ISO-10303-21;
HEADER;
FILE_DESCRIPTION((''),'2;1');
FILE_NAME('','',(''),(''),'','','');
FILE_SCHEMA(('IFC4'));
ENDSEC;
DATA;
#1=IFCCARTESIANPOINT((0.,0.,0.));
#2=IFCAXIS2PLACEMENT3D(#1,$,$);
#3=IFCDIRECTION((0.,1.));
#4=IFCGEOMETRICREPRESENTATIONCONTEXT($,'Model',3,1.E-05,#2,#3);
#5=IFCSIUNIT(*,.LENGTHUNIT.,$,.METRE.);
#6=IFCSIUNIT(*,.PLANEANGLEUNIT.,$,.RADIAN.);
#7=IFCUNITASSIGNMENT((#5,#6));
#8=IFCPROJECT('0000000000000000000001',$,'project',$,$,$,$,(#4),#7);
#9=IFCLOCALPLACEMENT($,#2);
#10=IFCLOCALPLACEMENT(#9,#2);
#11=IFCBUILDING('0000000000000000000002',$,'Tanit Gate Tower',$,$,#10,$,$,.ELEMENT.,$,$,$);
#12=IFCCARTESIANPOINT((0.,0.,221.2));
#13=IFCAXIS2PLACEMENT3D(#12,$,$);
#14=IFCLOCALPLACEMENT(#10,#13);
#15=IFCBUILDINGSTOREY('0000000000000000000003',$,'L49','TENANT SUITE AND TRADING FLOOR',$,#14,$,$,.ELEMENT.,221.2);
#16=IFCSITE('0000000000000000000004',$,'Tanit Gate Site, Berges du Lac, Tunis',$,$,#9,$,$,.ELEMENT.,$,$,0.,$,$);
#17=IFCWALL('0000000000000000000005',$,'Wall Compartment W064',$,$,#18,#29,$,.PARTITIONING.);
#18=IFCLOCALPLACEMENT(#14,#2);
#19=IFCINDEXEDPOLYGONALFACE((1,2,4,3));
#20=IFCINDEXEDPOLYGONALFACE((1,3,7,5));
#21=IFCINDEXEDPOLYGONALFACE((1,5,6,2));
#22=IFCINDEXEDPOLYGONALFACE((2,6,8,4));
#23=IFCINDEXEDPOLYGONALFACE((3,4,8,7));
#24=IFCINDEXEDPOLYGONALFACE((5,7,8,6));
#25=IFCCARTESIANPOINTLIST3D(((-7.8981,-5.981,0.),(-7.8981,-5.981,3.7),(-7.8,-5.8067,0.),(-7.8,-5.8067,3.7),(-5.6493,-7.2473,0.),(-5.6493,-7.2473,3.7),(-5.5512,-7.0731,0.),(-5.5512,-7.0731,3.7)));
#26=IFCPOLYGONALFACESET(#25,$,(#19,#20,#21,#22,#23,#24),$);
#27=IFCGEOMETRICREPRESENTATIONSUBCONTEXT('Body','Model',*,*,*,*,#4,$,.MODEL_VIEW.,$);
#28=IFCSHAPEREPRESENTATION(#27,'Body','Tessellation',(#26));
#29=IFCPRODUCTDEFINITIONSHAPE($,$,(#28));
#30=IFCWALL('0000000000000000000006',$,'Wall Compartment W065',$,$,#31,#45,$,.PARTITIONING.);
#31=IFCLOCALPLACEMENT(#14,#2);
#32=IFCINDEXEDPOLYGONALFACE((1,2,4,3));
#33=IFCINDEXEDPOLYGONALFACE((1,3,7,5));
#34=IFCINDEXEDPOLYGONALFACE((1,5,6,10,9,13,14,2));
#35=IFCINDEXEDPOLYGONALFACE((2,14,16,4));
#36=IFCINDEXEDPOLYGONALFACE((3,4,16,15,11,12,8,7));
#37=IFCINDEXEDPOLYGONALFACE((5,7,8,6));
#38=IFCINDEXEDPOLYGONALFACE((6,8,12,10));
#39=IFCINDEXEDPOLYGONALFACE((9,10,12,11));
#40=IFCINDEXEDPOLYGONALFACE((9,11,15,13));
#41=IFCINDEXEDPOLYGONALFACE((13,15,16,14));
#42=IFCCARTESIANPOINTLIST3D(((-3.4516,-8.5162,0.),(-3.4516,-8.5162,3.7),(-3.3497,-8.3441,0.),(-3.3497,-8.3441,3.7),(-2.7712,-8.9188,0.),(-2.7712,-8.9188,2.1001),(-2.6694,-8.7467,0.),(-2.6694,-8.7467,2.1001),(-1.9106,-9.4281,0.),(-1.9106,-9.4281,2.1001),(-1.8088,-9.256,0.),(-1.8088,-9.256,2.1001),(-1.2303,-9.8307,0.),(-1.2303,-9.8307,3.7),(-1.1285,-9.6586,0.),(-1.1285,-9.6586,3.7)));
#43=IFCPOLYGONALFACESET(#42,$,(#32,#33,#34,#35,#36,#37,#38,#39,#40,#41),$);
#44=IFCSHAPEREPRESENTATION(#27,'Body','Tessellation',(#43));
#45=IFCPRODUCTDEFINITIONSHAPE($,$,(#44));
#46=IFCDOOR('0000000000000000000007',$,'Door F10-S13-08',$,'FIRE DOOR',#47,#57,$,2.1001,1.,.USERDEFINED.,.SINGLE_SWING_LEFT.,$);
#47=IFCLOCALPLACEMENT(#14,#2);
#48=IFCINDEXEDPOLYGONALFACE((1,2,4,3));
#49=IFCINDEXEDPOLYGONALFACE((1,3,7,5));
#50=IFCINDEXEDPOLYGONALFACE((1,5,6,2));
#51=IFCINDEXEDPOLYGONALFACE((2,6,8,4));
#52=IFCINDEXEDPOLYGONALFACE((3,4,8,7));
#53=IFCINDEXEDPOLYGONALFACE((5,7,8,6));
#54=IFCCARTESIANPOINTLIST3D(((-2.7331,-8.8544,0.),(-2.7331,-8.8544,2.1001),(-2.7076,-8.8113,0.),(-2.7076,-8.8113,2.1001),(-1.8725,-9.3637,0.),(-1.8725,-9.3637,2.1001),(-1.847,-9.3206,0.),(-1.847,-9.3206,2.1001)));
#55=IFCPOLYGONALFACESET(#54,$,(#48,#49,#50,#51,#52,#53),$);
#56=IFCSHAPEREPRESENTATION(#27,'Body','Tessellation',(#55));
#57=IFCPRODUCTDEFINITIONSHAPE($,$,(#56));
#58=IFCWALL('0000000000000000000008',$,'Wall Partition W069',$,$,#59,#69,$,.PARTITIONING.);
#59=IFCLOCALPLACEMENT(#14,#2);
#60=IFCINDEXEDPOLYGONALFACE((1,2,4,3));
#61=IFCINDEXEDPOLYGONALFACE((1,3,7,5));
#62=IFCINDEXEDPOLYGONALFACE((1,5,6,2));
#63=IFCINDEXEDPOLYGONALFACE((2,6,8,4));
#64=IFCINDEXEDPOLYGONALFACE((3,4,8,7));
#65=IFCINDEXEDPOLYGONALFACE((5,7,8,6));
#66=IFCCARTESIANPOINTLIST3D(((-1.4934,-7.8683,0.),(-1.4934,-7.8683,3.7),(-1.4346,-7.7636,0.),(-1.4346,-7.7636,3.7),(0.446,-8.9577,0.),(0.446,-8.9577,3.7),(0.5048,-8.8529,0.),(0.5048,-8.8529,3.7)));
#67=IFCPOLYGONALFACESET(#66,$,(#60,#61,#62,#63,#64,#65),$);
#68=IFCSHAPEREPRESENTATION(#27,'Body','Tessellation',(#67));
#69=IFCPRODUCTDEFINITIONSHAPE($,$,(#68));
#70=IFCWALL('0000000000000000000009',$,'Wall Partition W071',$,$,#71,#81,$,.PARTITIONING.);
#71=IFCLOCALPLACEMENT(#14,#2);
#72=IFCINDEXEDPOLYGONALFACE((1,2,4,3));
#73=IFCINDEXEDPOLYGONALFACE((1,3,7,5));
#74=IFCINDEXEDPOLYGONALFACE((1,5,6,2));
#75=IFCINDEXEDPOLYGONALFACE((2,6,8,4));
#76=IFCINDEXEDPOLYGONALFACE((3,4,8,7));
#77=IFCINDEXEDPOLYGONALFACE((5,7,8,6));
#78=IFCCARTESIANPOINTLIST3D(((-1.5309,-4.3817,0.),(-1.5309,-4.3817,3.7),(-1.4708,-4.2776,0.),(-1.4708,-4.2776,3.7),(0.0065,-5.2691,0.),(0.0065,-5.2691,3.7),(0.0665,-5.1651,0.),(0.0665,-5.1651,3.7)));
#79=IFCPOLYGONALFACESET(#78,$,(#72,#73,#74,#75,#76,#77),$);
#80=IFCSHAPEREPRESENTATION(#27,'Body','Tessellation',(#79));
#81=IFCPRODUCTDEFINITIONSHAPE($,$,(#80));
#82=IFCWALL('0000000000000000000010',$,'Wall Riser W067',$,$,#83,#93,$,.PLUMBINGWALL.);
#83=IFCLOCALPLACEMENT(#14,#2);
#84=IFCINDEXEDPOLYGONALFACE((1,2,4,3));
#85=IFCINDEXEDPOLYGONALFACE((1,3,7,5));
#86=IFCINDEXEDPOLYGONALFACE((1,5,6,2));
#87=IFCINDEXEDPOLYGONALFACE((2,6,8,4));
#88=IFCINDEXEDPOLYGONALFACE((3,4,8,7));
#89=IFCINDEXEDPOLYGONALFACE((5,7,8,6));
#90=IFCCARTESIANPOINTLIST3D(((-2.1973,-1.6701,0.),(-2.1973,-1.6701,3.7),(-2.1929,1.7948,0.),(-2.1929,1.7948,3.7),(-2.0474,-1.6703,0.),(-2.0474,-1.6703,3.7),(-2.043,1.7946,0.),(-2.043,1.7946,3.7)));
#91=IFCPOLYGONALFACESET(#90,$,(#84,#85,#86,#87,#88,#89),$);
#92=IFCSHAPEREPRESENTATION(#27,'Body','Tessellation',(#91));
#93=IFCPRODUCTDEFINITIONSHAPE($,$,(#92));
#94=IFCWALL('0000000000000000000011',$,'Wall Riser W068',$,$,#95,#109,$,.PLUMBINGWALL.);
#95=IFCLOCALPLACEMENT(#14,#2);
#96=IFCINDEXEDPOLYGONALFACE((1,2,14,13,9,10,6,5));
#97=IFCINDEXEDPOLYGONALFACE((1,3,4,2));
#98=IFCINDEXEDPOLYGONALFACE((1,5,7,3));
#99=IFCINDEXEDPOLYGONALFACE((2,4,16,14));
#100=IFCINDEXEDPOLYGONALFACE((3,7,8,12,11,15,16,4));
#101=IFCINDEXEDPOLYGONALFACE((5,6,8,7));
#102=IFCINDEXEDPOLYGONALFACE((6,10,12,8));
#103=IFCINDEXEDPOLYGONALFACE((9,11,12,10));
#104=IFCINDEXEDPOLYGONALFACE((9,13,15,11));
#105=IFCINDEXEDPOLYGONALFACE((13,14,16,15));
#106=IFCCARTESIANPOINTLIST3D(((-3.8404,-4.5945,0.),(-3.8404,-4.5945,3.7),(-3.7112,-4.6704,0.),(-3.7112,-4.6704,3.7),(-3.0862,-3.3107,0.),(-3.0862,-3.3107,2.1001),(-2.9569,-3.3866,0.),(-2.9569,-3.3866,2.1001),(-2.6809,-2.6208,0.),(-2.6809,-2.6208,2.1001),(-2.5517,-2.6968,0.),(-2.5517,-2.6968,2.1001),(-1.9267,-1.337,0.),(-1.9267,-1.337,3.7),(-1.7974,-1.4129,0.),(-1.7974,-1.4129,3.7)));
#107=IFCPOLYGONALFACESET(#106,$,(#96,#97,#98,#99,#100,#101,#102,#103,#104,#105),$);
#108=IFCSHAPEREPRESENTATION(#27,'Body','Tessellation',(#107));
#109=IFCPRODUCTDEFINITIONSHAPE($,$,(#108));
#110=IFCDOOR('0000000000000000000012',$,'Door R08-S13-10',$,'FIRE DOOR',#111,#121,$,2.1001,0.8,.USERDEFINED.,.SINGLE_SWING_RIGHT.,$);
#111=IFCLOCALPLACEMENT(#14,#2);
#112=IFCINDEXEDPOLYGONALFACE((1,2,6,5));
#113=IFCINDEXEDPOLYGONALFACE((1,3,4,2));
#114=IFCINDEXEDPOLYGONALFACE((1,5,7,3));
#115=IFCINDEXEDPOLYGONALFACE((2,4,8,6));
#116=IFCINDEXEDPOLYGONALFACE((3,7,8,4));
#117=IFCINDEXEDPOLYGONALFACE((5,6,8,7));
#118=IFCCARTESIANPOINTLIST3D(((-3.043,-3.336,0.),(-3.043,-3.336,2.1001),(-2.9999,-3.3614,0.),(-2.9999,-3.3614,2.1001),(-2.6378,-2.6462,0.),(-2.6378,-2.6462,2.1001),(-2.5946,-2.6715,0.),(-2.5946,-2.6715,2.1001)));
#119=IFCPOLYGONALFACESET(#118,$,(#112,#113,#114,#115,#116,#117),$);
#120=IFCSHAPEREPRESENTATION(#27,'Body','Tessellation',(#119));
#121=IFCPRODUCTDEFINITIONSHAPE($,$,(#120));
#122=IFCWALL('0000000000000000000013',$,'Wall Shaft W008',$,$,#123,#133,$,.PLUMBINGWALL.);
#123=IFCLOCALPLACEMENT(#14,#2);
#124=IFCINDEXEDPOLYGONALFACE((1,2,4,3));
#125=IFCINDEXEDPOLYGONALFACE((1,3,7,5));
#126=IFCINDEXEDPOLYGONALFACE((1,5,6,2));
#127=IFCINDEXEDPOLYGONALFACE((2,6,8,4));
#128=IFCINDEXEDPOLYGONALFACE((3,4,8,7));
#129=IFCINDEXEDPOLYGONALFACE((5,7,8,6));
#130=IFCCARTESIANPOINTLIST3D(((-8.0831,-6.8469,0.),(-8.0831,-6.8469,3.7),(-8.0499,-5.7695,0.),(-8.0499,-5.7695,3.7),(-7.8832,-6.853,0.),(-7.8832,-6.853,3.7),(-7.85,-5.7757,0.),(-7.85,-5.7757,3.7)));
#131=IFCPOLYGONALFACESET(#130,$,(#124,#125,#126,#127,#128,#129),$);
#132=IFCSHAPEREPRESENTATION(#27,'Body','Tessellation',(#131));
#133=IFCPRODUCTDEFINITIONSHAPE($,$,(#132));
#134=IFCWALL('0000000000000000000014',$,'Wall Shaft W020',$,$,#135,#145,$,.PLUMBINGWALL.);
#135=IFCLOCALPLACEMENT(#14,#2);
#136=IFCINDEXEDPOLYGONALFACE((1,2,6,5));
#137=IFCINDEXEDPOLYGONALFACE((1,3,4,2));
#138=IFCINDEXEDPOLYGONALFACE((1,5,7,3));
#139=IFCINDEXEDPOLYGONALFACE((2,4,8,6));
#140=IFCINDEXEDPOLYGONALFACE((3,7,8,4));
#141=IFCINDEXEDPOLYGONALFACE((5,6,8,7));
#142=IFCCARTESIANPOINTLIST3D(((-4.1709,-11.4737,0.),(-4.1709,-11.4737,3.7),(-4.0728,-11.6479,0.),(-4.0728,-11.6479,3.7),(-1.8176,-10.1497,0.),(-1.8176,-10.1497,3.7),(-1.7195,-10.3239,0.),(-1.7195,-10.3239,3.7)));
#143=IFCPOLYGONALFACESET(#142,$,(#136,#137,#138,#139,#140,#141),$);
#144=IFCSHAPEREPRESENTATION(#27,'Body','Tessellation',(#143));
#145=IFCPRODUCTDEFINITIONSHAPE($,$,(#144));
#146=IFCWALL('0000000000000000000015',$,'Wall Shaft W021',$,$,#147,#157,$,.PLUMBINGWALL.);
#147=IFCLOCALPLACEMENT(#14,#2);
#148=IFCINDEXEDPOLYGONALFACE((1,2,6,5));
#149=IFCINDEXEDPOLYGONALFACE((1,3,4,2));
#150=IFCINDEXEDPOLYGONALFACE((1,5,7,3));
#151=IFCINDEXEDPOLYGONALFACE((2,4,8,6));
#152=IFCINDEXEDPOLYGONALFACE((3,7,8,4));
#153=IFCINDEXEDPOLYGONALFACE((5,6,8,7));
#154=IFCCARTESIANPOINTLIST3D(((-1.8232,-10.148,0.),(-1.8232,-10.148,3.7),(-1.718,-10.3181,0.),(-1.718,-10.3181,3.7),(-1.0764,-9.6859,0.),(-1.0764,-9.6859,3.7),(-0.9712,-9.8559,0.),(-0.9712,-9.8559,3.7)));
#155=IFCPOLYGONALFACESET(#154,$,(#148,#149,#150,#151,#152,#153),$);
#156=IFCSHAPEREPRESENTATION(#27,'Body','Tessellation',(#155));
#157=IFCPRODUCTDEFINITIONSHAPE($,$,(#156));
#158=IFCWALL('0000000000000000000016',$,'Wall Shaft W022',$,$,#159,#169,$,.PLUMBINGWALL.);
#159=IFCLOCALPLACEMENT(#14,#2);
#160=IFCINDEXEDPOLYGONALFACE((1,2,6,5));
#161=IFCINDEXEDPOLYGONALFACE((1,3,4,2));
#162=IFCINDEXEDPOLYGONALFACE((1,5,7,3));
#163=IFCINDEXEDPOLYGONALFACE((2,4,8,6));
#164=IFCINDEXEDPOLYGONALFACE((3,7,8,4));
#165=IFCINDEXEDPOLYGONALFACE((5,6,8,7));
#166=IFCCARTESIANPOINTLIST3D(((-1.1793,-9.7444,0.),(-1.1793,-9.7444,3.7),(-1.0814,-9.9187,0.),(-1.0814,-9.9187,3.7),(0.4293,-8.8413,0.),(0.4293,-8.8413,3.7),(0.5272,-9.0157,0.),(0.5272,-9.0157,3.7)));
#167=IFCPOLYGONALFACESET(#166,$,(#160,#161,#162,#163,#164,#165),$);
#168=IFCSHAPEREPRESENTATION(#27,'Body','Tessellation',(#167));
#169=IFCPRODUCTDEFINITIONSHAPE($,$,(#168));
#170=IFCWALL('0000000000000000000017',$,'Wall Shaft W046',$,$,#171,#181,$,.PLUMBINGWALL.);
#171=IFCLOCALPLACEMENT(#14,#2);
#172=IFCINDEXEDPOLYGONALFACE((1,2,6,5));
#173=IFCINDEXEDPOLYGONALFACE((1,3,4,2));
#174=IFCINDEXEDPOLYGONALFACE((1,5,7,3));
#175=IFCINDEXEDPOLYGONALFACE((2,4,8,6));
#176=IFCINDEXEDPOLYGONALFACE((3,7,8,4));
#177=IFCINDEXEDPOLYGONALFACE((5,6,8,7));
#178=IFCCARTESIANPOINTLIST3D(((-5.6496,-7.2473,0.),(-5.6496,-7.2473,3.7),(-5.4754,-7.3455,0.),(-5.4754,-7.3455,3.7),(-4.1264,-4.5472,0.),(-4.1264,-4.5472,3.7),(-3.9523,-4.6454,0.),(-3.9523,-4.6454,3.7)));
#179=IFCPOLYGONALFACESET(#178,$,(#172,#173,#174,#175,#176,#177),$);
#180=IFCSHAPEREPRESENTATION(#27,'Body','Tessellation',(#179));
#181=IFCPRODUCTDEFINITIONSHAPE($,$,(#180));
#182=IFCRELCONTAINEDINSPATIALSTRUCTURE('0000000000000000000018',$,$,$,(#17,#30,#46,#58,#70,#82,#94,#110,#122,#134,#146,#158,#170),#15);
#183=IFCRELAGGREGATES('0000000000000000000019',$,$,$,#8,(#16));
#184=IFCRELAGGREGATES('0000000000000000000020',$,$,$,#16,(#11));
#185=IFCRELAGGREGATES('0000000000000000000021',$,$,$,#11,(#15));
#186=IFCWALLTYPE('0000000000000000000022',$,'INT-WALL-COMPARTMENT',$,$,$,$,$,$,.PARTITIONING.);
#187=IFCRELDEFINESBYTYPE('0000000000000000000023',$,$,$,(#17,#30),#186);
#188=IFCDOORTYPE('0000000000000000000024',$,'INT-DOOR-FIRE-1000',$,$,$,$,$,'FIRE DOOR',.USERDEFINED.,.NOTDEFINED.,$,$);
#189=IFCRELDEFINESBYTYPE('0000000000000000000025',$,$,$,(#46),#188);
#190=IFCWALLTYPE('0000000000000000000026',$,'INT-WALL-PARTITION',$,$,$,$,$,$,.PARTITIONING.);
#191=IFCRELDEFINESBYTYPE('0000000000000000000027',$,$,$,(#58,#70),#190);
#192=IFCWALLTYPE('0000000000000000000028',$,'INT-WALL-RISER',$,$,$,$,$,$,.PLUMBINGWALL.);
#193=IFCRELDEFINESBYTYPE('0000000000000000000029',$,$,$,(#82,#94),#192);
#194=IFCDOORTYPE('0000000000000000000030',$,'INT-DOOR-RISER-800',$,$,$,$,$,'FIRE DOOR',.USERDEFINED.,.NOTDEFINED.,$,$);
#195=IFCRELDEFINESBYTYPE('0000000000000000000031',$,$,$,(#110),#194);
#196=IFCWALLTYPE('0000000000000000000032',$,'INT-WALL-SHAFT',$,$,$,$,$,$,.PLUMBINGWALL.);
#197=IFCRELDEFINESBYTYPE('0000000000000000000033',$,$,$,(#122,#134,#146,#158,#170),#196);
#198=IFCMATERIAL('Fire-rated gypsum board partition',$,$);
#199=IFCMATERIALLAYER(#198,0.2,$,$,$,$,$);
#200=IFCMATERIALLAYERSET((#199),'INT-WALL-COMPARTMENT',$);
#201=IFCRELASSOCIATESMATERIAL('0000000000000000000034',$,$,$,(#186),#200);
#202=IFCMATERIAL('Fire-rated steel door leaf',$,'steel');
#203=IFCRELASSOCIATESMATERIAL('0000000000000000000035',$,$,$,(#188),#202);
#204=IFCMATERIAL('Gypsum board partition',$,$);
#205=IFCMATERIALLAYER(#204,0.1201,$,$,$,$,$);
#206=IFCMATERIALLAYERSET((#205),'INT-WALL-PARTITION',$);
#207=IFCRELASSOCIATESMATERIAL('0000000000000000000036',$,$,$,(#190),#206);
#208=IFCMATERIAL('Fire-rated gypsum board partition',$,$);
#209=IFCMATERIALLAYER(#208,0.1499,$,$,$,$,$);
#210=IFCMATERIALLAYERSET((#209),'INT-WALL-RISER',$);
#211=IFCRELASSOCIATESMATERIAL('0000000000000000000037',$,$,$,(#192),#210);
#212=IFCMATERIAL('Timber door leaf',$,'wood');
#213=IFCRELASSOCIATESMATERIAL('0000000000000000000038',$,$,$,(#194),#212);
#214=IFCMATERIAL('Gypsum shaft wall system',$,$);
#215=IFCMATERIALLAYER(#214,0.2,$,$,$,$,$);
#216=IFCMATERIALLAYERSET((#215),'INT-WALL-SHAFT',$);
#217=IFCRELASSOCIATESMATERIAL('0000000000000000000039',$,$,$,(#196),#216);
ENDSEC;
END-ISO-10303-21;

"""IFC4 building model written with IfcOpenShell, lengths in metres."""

from ifc_helpers import new_model, si_unit, direction, frame, frame_2d, origin, place, context, subcontext, project, spatial, rectangle, extrude, material, layer, layer_set, type_object, element, fill, save


model = new_model("IFC4")

# Units and contexts
model_context = context("Model", 3, precision=1e-05, world=origin(), true_north=direction((0.0, 1.0)))
body_context = subcontext(model_context, "Body", "Model", "MODEL_VIEW")
ifc_project = project(units=[si_unit("LENGTHUNIT", "METRE"), si_unit("PLANEANGLEUNIT", "RADIAN")], contexts=[model_context])

# Site, building, storey
site_placement = place(None, origin())
site = spatial("IfcSite", under=ifc_project, at=site_placement, Name="Tanit Gate Site, Berges du Lac, Tunis", CompositionType="ELEMENT", RefElevation=0.0)
building_placement = place(site_placement, origin())
building = spatial("IfcBuilding", under=site, at=building_placement, Name="Tanit Gate Tower", CompositionType="ELEMENT")
storey_placement = place(building_placement, frame((0.0, 0.0, 221.2)))
storey = spatial("IfcBuildingStorey", under=building, at=storey_placement, Name="L49", Description="TENANT SUITE AND TRADING FLOOR", CompositionType="ELEMENT", Elevation=221.2)

# Wall
ifc_material_1 = material(Name="Fire-rated gypsum board partition")
ifc_layer_1 = layer(ifc_material_1, 0.2)
ifc_layer_set_1 = layer_set([ifc_layer_1], Name="INT-WALL-COMPARTMENT")
wall_type_1 = type_object("IfcWallType", Name="INT-WALL-COMPARTMENT", PredefinedType="PARTITIONING", material=ifc_layer_set_1)
wall_1_placement = place(storey_placement, frame((-7.8491, -5.8938, 0.0), z_axis=(0.0, 0.0, 1.0), x_axis=(0.87134, -0.490679, 0.0)))
element("IfcWall", 1, at=wall_1_placement, inside=storey, type_object=wall_type_1, Name="Wall Compartment W064", PredefinedType="PARTITIONING", context=body_context, shape_type="SweptSolid", body=[
    extrude(rectangle(XDim=2.5808, YDim=0.2, at=frame_2d((1.2905, 0.0))), origin(), (0.0, 0.0, 1.0), 3.7),
])

# Wall, opening, door
wall_2_placement = place(storey_placement, frame((-3.4006, -8.4302, 0.0), z_axis=(0.0, 0.0, 1.0), x_axis=(0.860599, -0.509284, 0.0)))
wall_2 = element("IfcWall", 2, at=wall_2_placement, inside=storey, type_object=wall_type_1, Name="Wall Compartment W065", PredefinedType="PARTITIONING", context=body_context, shape_type="SweptSolid", body=[
    extrude(rectangle(XDim=2.5811, YDim=0.2, at=frame_2d((1.2905, 0.0))), origin(), (0.0, 0.0, 1.0), 3.7),
])
opening_1_placement = place(wall_2_placement, frame((0.7905, 0.0, 0.0)))
opening_1 = element("IfcOpeningElement", 3, at=opening_1_placement, cuts=wall_2, PredefinedType="OPENING", context=body_context, shape_type="SweptSolid", body=[
    extrude(rectangle(XDim=1.0, YDim=2.1001, at=frame_2d((0.5, 1.05))), frame((0.0, 0.1099, 0.0), z_axis=(0.0, -1.0, 0.0), x_axis=(1.0, 0.0, 0.0)), (0.0, 0.0, 1.0), 0.22),
])
ifc_material_2 = material(Name="Fire-rated steel door leaf", Category="steel")
door_type_1 = type_object("IfcDoorType", Name="INT-DOOR-FIRE-1000", ElementType="FIRE DOOR", OperationType="NOTDEFINED", PredefinedType="USERDEFINED", material=ifc_material_2)
door_1_placement = place(opening_1_placement, origin())
door_1 = element("IfcDoor", 4, at=door_1_placement, inside=storey, type_object=door_type_1, Name="Door F10-S13-08", ObjectType="FIRE DOOR", OperationType="SINGLE_SWING_LEFT", OverallHeight=2.1001, OverallWidth=1.0, PredefinedType="USERDEFINED", context=body_context, shape_type="SweptSolid", body=[
    extrude(rectangle(XDim=1.0, YDim=2.1001, at=frame_2d((0.5, 1.05))), frame((0.0, 0.0249, 0.0), z_axis=(0.0, -1.0, 0.0), x_axis=(1.0, 0.0, 0.0)), (0.0, 0.0, 1.0), 0.05),
])
fill(opening_1, door_1)

# Walls
ifc_material_3 = material(Name="Gypsum board partition")
ifc_layer_2 = layer(ifc_material_3, 0.1201)
ifc_layer_set_2 = layer_set([ifc_layer_2], Name="INT-WALL-PARTITION")
wall_type_2 = type_object("IfcWallType", Name="INT-WALL-PARTITION", PredefinedType="PARTITIONING", material=ifc_layer_set_2)
wall_3_placement = place(storey_placement, frame((-1.4641, -7.8159, 0.0), z_axis=(0.0, 0.0, 1.0), x_axis=(0.87188, -0.489719, 0.0)))
element("IfcWall", 5, at=wall_3_placement, inside=storey, type_object=wall_type_2, Name="Wall Partition W069", PredefinedType="PARTITIONING", context=body_context, shape_type="SweptSolid", body=[
    extrude(rectangle(XDim=2.2244, YDim=0.1201, at=frame_2d((1.1123, 0.0))), origin(), (0.0, 0.0, 1.0), 3.7),
])
wall_4_placement = place(storey_placement, frame((-1.501, -4.3296, 0.0), z_axis=(0.0, 0.0, 1.0), x_axis=(0.86606, -0.499941, 0.0)))
element("IfcWall", 6, at=wall_4_placement, inside=storey, type_object=wall_type_2, Name="Wall Partition W071", PredefinedType="PARTITIONING", context=body_context, shape_type="SweptSolid", body=[
    extrude(rectangle(XDim=1.7751, YDim=0.1201, at=frame_2d((0.8877, 0.0))), origin(), (0.0, 0.0, 1.0), 3.7),
])
ifc_material_4 = material(Name="Fire-rated gypsum board partition")
ifc_layer_3 = layer(ifc_material_4, 0.1499)
ifc_layer_set_3 = layer_set([ifc_layer_3], Name="INT-WALL-RISER")
wall_type_3 = type_object("IfcWallType", Name="INT-WALL-RISER", PredefinedType="PLUMBINGWALL", material=ifc_layer_set_3)
wall_5_placement = place(storey_placement, frame((-2.1223, -1.6702, 0.0), z_axis=(0.0, 0.0, 1.0), x_axis=(0.001268, 0.999999, 0.0)))
element("IfcWall", 7, at=wall_5_placement, inside=storey, type_object=wall_type_3, Name="Wall Riser W067", PredefinedType="PLUMBINGWALL", context=body_context, shape_type="SweptSolid", body=[
    extrude(rectangle(XDim=3.4648, YDim=0.1499, at=frame_2d((1.7324, 0.0))), origin(), (0.0, 0.0, 1.0), 3.7),
])

# Wall, opening, door
wall_6_placement = place(storey_placement, frame((-3.7759, -4.6326, 0.0), z_axis=(0.0, 0.0, 1.0), x_axis=(0.506548, 0.862211, 0.0)))
wall_6 = element("IfcWall", 8, at=wall_6_placement, inside=storey, type_object=wall_type_3, Name="Wall Riser W068", PredefinedType="PLUMBINGWALL", context=body_context, shape_type="SweptSolid", body=[
    extrude(rectangle(XDim=3.7781, YDim=0.1499, at=frame_2d((1.8892, 0.0))), origin(), (0.0, 0.0, 1.0), 3.7),
])
opening_2_placement = place(wall_6_placement, frame((1.4893, 0.0, 0.0)))
opening_2 = element("IfcOpeningElement", 9, at=opening_2_placement, cuts=wall_6, PredefinedType="OPENING", context=body_context, shape_type="SweptSolid", body=[
    extrude(rectangle(XDim=0.8, YDim=2.1001, at=frame_2d((0.3999, 1.05))), frame((0.0, 0.085, 0.0), z_axis=(0.0, -1.0, 0.0), x_axis=(1.0, 0.0, 0.0)), (0.0, 0.0, 1.0), 0.1699),
])
ifc_material_5 = material(Name="Timber door leaf", Category="wood")
door_type_2 = type_object("IfcDoorType", Name="INT-DOOR-RISER-800", ElementType="FIRE DOOR", OperationType="NOTDEFINED", PredefinedType="USERDEFINED", material=ifc_material_5)
door_2_placement = place(opening_2_placement, origin())
door_2 = element("IfcDoor", 10, at=door_2_placement, inside=storey, type_object=door_type_2, Name="Door R08-S13-10", ObjectType="FIRE DOOR", OperationType="SINGLE_SWING_RIGHT", OverallHeight=2.1001, OverallWidth=0.8, PredefinedType="USERDEFINED", context=body_context, shape_type="SweptSolid", body=[
    extrude(rectangle(XDim=0.8, YDim=2.1001, at=frame_2d((0.3999, 1.05))), frame((0.0, 0.0249, 0.0), z_axis=(0.0, -1.0, 0.0), x_axis=(1.0, 0.0, 0.0)), (0.0, 0.0, 1.0), 0.05),
])
fill(opening_2, door_2)

# Walls
ifc_material_6 = material(Name="Gypsum shaft wall system")
ifc_layer_4 = layer(ifc_material_6, 0.2)
ifc_layer_set_4 = layer_set([ifc_layer_4], Name="INT-WALL-SHAFT")
wall_type_4 = type_object("IfcWallType", Name="INT-WALL-SHAFT", PredefinedType="PLUMBINGWALL", material=ifc_layer_set_4)
wall_7_placement = place(storey_placement, frame((-7.95, -5.7725, 0.0), z_axis=(0.0, 0.0, 1.0), x_axis=(-0.030803, -0.999525, 0.0)))
element("IfcWall", 11, at=wall_7_placement, inside=storey, type_object=wall_type_4, Name="Wall Shaft W008", PredefinedType="PLUMBINGWALL", context=body_context, shape_type="SweptSolid", body=[
    extrude(rectangle(XDim=1.0779, YDim=0.2, at=frame_2d((0.5391, 0.0))), origin(), (0.0, 0.0, 1.0), 3.7),
])
wall_8_placement = place(storey_placement, frame((-1.7686, -10.2368, 0.0), z_axis=(0.0, 0.0, 1.0), x_axis=(-0.871534, -0.490334, 0.0)))
element("IfcWall", 12, at=wall_8_placement, inside=storey, type_object=wall_type_4, Name="Wall Shaft W020", PredefinedType="PLUMBINGWALL", context=body_context, shape_type="SweptSolid", body=[
    extrude(rectangle(XDim=2.7002, YDim=0.2, at=frame_2d((1.3501, 0.0))), origin(), (0.0, 0.0, 1.0), 3.7),
])
wall_9_placement = place(storey_placement, frame((-1.0239, -9.771, 0.0), z_axis=(0.0, 0.0, 1.0), x_axis=(-0.850348, -0.526221, 0.0)))
element("IfcWall", 13, at=wall_9_placement, inside=storey, type_object=wall_type_4, Name="Wall Shaft W021", PredefinedType="PLUMBINGWALL", context=body_context, shape_type="SweptSolid", body=[
    extrude(rectangle(XDim=0.8782, YDim=0.2, at=frame_2d((0.439, 0.0))), origin(), (0.0, 0.0, 1.0), 3.7),
])
wall_10_placement = place(storey_placement, frame((-1.1304, -9.8315, 0.0), z_axis=(0.0, 0.0, 1.0), x_axis=(0.871989, 0.489526, 0.0)))
element("IfcWall", 14, at=wall_10_placement, inside=storey, type_object=wall_type_4, Name="Wall Shaft W022", PredefinedType="PLUMBINGWALL", context=body_context, shape_type="SweptSolid", body=[
    extrude(rectangle(XDim=1.8447, YDim=0.2, at=frame_2d((0.9224, 0.0))), origin(), (0.0, 0.0, 1.0), 3.7),
])

# Wall
wall_11_placement = place(storey_placement, frame((-5.5625, -7.2964, 0.0), z_axis=(0.0, 0.0, 1.0), x_axis=(0.491323, 0.870978, 0.0)))
element("IfcWall", 15, at=wall_11_placement, inside=storey, type_object=wall_type_4, Name="Wall Shaft W046", PredefinedType="PLUMBINGWALL", context=body_context, shape_type="SweptSolid", body=[
    extrude(rectangle(XDim=3.1001, YDim=0.2, at=frame_2d((1.55, 0.0))), origin(), (0.0, 0.0, 1.0), 3.7),
])

save(model, "model.ifc")
